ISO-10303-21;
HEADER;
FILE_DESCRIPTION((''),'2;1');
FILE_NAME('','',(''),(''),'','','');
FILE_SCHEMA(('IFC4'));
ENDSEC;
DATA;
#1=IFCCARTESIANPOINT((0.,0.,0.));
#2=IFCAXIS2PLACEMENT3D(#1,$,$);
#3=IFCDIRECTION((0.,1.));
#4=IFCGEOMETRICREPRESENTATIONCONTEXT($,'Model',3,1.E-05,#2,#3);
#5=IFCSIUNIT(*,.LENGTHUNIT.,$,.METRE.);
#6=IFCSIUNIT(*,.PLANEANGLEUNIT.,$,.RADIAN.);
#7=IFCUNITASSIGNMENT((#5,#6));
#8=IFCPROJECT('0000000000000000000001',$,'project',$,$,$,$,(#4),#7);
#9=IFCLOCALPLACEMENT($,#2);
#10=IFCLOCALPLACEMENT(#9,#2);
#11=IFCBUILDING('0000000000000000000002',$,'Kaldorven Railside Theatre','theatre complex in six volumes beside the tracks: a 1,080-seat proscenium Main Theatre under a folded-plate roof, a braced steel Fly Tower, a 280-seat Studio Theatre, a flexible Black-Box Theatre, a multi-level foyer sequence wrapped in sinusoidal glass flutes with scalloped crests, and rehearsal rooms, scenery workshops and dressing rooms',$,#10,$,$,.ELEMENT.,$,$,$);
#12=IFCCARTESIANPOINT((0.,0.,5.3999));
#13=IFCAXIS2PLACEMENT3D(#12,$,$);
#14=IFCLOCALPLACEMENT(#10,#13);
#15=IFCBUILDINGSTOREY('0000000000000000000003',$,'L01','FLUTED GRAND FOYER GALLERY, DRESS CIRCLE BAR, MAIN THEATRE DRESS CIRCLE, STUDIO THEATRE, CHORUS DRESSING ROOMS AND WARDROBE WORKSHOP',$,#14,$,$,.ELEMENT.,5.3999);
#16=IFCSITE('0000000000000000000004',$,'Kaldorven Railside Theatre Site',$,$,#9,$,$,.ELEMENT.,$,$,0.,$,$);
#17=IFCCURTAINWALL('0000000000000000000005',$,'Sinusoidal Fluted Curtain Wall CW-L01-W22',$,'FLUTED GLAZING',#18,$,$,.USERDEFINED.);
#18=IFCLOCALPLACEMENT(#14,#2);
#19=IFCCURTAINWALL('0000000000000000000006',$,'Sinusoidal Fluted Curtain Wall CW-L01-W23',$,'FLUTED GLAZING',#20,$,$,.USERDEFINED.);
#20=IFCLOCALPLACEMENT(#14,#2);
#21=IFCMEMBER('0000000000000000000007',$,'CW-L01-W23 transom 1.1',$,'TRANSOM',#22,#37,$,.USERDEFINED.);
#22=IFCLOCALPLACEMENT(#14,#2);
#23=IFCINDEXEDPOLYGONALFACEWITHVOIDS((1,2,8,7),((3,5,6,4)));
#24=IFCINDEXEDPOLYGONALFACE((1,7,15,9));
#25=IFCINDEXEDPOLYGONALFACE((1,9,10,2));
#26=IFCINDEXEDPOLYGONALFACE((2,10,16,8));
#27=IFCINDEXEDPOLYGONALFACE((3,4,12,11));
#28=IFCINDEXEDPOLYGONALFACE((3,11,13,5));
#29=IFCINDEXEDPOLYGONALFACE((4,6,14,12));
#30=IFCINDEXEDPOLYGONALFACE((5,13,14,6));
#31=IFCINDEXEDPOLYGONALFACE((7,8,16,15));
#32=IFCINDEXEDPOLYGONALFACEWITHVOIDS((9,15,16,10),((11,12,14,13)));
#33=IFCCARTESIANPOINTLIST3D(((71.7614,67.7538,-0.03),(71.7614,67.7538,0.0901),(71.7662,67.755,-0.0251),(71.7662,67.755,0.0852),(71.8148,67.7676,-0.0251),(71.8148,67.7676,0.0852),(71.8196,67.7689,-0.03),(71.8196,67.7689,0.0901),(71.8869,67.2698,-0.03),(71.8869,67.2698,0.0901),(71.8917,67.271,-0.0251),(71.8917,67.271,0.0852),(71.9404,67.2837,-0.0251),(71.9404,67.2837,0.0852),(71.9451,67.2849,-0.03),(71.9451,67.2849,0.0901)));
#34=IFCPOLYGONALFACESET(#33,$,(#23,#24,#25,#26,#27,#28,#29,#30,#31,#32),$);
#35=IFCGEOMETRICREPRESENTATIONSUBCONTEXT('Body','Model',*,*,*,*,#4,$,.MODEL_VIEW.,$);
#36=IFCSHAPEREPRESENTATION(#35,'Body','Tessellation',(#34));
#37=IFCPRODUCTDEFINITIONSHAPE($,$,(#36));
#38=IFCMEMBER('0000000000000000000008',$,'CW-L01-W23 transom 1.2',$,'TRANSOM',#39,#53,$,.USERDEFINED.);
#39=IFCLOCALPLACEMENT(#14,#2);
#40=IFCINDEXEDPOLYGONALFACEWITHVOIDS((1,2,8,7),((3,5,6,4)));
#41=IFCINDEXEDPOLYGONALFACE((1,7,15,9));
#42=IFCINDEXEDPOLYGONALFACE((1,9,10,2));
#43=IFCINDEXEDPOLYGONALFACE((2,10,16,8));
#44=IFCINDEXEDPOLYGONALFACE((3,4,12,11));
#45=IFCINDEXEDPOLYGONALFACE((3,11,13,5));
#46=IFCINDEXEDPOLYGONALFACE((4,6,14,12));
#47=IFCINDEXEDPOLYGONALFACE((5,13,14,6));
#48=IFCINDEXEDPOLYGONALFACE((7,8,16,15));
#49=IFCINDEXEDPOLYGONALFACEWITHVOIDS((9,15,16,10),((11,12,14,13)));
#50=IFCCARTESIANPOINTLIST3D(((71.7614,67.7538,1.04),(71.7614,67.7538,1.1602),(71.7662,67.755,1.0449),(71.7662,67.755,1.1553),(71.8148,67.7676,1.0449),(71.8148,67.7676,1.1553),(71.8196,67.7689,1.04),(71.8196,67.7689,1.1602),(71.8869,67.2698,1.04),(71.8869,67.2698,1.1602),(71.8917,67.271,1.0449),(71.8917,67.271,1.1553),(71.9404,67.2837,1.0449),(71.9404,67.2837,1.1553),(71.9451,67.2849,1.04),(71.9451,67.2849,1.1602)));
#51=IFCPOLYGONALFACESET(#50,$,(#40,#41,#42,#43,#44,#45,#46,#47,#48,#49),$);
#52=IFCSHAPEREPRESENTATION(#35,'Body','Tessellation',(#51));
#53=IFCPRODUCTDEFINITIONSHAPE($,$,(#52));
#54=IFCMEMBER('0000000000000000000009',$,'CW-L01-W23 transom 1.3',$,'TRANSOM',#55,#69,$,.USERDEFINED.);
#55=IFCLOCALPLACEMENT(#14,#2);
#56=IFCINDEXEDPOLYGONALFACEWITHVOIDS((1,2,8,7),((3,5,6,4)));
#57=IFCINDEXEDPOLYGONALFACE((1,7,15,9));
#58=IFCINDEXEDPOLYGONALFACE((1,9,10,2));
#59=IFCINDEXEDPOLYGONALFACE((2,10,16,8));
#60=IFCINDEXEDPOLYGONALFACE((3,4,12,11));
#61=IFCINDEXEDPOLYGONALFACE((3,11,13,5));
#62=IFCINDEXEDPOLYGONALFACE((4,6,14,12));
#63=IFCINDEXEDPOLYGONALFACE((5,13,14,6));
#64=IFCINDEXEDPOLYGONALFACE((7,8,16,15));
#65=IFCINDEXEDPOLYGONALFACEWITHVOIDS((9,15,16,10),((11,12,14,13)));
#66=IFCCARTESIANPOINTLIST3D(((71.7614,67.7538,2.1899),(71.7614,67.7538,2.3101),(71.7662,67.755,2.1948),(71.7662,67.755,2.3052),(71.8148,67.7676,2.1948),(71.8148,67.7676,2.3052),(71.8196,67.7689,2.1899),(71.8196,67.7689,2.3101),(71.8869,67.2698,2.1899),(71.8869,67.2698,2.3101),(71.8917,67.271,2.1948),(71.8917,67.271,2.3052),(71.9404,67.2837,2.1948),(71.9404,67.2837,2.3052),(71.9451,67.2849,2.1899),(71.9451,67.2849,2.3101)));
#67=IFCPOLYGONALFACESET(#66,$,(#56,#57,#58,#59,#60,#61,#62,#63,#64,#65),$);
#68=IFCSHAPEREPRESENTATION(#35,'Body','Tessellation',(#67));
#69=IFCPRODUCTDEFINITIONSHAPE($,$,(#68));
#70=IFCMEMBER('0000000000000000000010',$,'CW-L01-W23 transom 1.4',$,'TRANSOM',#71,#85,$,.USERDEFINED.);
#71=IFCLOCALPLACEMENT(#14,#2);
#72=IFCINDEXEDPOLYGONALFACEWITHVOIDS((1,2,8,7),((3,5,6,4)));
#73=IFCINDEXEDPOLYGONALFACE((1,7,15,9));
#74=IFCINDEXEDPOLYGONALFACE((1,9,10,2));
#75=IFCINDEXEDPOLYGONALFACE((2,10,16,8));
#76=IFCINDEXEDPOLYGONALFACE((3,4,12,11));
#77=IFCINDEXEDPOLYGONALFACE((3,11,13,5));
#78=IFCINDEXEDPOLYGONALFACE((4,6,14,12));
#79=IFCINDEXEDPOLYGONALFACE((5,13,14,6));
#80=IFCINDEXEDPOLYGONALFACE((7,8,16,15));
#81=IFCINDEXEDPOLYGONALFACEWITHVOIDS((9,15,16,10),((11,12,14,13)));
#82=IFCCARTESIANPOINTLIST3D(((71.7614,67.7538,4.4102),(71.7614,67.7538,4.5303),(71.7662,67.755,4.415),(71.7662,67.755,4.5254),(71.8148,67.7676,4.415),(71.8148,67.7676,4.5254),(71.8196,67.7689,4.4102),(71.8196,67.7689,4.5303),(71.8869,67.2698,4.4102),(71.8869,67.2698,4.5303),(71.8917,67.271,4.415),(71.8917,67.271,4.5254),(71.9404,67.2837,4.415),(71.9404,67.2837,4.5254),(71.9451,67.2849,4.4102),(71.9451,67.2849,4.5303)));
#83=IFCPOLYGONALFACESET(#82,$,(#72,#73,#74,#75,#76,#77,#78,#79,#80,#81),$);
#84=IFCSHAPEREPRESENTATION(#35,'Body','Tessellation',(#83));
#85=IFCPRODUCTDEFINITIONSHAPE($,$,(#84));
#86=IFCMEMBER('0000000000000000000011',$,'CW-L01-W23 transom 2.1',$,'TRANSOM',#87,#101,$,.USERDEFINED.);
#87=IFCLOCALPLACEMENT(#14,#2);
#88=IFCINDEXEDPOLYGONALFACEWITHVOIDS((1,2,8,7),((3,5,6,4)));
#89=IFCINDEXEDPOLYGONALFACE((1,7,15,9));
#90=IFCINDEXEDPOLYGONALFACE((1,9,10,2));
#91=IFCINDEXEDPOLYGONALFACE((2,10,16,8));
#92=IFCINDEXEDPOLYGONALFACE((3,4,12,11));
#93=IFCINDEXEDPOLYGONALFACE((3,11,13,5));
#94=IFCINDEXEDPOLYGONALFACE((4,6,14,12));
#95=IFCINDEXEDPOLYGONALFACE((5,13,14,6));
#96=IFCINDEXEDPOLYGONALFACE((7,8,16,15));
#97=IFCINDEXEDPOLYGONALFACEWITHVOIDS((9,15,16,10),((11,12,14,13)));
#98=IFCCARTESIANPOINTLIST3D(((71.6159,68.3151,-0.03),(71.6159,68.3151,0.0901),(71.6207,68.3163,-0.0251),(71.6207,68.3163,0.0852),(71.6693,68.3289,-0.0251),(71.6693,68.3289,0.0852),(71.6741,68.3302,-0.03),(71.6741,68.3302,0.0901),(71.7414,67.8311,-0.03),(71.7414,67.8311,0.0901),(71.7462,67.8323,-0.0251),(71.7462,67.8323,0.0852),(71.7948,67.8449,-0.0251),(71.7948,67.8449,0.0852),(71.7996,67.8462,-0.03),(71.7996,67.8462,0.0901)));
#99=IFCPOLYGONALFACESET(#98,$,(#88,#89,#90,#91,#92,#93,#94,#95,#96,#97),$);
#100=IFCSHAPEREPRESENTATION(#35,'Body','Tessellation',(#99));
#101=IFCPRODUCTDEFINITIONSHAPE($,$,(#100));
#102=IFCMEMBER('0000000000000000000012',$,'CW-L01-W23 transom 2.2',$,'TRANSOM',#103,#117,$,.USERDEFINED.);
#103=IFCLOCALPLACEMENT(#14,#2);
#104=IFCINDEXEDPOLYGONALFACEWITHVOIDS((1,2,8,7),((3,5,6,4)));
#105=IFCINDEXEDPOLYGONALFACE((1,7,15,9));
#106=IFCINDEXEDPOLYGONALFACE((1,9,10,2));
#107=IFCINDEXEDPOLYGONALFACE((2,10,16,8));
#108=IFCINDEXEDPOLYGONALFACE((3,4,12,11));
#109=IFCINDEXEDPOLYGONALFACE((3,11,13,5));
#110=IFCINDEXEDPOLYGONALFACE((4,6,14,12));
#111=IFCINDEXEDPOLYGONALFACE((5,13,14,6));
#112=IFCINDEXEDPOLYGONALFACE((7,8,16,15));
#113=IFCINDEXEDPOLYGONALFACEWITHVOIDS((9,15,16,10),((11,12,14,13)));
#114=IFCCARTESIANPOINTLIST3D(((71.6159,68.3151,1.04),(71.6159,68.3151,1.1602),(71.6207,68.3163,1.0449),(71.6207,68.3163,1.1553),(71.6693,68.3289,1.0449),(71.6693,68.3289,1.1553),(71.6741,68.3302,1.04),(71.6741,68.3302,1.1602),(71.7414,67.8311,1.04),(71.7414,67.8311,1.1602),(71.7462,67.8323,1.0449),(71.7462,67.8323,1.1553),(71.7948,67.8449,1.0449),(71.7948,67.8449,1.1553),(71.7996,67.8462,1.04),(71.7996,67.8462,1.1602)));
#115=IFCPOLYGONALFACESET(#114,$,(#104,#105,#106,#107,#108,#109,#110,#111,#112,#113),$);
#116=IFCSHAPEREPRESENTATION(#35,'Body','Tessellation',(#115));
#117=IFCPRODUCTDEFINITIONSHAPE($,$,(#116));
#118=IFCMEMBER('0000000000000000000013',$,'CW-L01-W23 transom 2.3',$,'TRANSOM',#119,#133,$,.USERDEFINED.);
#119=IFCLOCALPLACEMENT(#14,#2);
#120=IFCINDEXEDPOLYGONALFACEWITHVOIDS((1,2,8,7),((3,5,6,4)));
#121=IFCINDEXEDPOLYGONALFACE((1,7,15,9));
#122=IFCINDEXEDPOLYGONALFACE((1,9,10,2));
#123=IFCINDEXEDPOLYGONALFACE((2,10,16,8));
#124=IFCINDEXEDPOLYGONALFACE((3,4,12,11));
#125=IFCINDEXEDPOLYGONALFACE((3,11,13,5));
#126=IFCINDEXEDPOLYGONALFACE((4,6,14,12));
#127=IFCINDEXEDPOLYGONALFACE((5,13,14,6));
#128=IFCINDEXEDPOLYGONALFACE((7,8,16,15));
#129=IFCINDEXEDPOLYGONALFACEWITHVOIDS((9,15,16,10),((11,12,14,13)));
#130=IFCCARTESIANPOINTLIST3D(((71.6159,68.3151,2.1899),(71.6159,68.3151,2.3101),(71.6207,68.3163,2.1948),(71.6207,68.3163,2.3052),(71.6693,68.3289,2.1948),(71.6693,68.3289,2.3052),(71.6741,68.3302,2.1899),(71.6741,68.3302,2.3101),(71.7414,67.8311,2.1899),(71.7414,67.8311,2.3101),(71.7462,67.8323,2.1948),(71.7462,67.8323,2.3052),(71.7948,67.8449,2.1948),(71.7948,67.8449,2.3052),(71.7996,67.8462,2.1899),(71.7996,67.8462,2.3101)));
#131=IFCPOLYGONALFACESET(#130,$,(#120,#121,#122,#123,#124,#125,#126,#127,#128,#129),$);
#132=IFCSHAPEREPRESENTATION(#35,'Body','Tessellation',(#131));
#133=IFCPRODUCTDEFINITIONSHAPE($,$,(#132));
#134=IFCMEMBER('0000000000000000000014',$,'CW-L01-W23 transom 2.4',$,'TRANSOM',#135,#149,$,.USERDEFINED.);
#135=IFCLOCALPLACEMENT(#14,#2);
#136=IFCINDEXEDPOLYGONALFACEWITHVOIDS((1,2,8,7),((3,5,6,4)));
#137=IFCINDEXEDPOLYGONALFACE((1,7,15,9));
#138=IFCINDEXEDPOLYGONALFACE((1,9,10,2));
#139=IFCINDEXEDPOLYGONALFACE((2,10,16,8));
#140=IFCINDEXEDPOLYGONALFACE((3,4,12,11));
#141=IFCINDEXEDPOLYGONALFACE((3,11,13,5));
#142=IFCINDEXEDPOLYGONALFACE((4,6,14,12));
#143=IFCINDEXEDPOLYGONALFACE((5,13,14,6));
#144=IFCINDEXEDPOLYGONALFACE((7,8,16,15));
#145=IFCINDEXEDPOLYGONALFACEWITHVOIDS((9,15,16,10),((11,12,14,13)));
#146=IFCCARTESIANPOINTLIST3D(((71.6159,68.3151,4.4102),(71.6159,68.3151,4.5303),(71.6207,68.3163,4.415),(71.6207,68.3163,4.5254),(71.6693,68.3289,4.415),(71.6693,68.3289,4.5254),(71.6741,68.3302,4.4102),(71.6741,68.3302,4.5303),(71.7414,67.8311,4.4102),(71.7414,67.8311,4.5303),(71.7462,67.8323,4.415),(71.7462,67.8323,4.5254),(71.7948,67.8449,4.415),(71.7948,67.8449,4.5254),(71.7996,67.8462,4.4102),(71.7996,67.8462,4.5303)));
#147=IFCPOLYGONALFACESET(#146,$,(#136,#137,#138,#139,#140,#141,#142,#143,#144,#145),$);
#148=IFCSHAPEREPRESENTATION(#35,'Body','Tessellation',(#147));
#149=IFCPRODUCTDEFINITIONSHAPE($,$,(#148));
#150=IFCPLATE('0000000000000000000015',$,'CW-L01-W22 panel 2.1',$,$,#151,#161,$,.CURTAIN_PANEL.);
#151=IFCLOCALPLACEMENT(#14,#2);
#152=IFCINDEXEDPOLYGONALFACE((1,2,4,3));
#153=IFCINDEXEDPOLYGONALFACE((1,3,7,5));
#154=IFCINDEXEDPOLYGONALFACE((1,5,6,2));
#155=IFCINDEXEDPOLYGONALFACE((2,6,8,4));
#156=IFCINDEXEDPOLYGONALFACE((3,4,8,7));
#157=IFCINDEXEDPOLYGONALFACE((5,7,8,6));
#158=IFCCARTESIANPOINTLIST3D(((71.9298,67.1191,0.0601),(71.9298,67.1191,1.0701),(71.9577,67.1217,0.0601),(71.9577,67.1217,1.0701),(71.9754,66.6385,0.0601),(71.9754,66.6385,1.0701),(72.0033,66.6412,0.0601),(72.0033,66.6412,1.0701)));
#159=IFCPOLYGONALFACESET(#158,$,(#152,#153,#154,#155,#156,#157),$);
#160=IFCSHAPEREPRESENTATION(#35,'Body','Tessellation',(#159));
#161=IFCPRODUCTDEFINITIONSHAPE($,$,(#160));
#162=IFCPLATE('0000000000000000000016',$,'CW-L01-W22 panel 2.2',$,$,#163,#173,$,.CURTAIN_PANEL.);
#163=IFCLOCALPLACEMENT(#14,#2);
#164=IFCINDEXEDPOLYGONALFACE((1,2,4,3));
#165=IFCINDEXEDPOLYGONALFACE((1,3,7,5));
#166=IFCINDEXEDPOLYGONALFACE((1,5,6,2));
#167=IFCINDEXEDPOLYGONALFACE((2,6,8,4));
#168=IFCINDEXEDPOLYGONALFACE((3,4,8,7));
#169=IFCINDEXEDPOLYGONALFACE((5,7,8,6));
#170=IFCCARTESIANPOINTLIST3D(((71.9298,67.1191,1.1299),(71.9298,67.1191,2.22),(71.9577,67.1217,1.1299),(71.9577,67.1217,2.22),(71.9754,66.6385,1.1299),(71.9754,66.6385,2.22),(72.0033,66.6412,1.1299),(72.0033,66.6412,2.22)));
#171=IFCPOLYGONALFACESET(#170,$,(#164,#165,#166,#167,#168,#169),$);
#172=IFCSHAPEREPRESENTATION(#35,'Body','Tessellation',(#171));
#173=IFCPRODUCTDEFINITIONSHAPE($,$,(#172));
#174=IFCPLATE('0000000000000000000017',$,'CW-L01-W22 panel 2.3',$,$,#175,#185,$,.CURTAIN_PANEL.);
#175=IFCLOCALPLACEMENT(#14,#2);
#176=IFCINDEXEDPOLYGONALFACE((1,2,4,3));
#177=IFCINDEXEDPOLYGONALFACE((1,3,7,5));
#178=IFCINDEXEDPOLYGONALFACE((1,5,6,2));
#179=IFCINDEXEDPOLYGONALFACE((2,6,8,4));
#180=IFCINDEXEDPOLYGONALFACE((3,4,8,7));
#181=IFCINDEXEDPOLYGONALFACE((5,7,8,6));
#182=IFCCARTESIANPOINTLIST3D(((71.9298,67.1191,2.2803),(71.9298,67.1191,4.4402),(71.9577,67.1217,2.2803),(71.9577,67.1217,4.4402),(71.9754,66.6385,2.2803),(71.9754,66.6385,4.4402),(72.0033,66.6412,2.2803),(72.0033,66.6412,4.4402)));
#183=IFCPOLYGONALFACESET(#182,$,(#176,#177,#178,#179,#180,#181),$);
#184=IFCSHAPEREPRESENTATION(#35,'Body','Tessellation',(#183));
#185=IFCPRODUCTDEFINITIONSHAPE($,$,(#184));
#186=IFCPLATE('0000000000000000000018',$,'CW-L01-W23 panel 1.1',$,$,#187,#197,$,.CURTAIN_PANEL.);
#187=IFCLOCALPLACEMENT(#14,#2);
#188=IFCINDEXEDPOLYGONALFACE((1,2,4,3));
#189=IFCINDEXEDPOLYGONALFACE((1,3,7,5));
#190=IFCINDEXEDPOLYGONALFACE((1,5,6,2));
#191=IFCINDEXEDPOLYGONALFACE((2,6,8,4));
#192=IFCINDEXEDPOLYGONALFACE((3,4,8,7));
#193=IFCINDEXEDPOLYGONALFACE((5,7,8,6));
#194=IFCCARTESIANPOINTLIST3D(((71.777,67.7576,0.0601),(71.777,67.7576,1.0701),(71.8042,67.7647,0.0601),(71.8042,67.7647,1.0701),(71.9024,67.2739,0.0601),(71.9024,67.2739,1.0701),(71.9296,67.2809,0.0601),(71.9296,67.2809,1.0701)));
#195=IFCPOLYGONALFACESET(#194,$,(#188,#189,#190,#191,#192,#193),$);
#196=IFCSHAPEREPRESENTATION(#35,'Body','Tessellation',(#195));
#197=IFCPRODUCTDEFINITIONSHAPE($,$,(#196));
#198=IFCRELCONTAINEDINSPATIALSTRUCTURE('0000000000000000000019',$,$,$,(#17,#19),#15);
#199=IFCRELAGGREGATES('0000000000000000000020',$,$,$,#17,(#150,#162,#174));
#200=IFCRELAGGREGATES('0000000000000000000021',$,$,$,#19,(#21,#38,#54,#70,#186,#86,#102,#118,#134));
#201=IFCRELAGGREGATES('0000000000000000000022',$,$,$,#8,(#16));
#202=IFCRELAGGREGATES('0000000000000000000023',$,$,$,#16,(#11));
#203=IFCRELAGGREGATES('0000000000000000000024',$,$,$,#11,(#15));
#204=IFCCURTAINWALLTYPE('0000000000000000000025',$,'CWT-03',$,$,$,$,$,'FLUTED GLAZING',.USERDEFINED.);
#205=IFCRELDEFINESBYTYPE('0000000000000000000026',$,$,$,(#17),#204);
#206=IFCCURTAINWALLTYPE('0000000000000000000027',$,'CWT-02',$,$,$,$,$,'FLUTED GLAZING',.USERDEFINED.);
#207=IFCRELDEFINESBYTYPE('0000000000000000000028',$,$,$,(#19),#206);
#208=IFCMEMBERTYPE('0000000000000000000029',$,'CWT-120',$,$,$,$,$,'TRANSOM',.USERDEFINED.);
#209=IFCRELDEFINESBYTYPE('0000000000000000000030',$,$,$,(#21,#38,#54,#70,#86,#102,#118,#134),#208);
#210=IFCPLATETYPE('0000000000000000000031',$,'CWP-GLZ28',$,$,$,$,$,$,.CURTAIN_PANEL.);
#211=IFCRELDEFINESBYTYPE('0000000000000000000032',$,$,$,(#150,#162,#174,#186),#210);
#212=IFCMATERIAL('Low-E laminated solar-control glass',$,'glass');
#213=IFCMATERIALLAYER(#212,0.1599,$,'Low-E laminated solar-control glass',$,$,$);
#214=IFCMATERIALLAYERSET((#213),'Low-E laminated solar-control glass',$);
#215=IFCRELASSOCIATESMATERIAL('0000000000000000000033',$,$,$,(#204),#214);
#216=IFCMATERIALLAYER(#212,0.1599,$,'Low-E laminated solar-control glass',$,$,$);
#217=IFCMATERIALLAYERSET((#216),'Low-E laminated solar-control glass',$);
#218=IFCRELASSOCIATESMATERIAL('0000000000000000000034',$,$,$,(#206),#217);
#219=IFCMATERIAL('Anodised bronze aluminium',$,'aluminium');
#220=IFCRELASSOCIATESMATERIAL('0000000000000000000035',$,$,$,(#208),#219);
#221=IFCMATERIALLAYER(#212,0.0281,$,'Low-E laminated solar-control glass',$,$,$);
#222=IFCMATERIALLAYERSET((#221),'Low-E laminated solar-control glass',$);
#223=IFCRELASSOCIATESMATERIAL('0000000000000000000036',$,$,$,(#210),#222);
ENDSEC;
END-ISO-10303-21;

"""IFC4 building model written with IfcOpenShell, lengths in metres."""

from ifc_helpers import new_model, si_unit, direction, frame, origin, origin_2d, place, context, subcontext, project, spatial, rectangle, hollow_rectangle, extrude, material, layer, layer_set, material_profile, profile_set, type_object, element, aggregate, save


model = new_model("IFC4")

# Units and contexts
model_context = context("Model", 3, precision=1e-05, world=origin(), true_north=direction((0.0, 1.0)))
body_context = subcontext(model_context, "Body", "Model", "MODEL_VIEW")
ifc_project = project(units=[si_unit("LENGTHUNIT", "METRE"), si_unit("PLANEANGLEUNIT", "RADIAN")], contexts=[model_context])

# Site, building, storey
site_placement = place(None, origin())
site = spatial("IfcSite", under=ifc_project, at=site_placement, Name="Kaldorven Railside Theatre Site", CompositionType="ELEMENT", RefElevation=0.0)
building_placement = place(site_placement, origin())
building = spatial("IfcBuilding", under=site, at=building_placement, Name="Kaldorven Railside Theatre", Description="theatre complex in six volumes beside the tracks: a 1,080-seat proscenium Main Theatre under a folded-plate roof, a braced steel Fly Tower, a 280-seat Studio Theatre, a flexible Black-Box Theatre, a multi-level foyer sequence wrapped in sinusoidal glass flutes with scalloped crests, and rehearsal rooms, scenery workshops and dressing rooms", CompositionType="ELEMENT")
storey_placement = place(building_placement, frame((0.0, 0.0, 5.3999)))
storey = spatial("IfcBuildingStorey", under=building, at=storey_placement, Name="L01", Description="FLUTED GRAND FOYER GALLERY, DRESS CIRCLE BAR, MAIN THEATRE DRESS CIRCLE, STUDIO THEATRE, CHORUS DRESSING ROOMS AND WARDROBE WORKSHOP", CompositionType="ELEMENT", Elevation=5.3999)

# Curtain wall
ifc_material_1 = material(Name="Low-E laminated solar-control glass", Category="glass")
ifc_layer_1 = layer(ifc_material_1, 0.1599, Name="Low-E laminated solar-control glass")
ifc_layer_set_1 = layer_set([ifc_layer_1], Name="Low-E laminated solar-control glass")
curtain_wall_type_1 = type_object("IfcCurtainWallType", Name="CWT-03", ElementType="FLUTED GLAZING", PredefinedType="USERDEFINED", material=ifc_layer_set_1)
curtain_wall_1_placement = place(storey_placement, origin())
curtain_wall_1 = element("IfcCurtainWall", 1, at=curtain_wall_1_placement, inside=storey, type_object=curtain_wall_type_1, Name="Sinusoidal Fluted Curtain Wall CW-L01-W22", ObjectType="FLUTED GLAZING", PredefinedType="USERDEFINED")
ifc_material_2 = material(Name="Anodised bronze aluminium", Category="aluminium")

# Curtain wall
ifc_layer_2 = layer(ifc_material_1, 0.1599, Name="Low-E laminated solar-control glass")
ifc_layer_set_2 = layer_set([ifc_layer_2], Name="Low-E laminated solar-control glass")
curtain_wall_type_2 = type_object("IfcCurtainWallType", Name="CWT-02", ElementType="FLUTED GLAZING", PredefinedType="USERDEFINED", material=ifc_layer_set_2)
curtain_wall_2_placement = place(storey_placement, origin())
curtain_wall_2 = element("IfcCurtainWall", 2, at=curtain_wall_2_placement, inside=storey, type_object=curtain_wall_type_2, Name="Sinusoidal Fluted Curtain Wall CW-L01-W23", ObjectType="FLUTED GLAZING", PredefinedType="USERDEFINED")

# Members
ifc_material_profile_1 = material_profile(ifc_material_2, hollow_rectangle(XDim=0.0601, YDim=0.1201, WallThickness=0.0049, at=origin_2d()), Name="RHS 120x60x5")
ifc_profile_set_1 = profile_set([ifc_material_profile_1], Name="Anodised bronze aluminium")
member_type_1 = type_object("IfcMemberType", Name="CWT-120", ElementType="TRANSOM", PredefinedType="USERDEFINED", material=ifc_profile_set_1)
member_1_placement = place(storey_placement, frame((71.916, 67.2773, 0.03), z_axis=(-0.25103, 0.967979, 0.0), x_axis=(-0.967979, -0.25103, 0.0)))
member_1 = element("IfcMember", 3, at=member_1_placement, type_object=member_type_1, Name="CW-L01-W23 transom 1.1", ObjectType="TRANSOM", PredefinedType="USERDEFINED", context=body_context, shape_type="SweptSolid", body=[
    extrude(hollow_rectangle(XDim=0.0601, YDim=0.1201, WallThickness=0.0049, at=origin_2d()), origin(), (0.0, 0.0, 1.0), 0.5),
])
member_2_placement = place(storey_placement, frame((71.916, 67.2773, 1.1001), z_axis=(-0.25103, 0.967979, 0.0), x_axis=(-0.967979, -0.25103, 0.0)))
member_2 = element("IfcMember", 4, at=member_2_placement, type_object=member_type_1, Name="CW-L01-W23 transom 1.2", ObjectType="TRANSOM", PredefinedType="USERDEFINED", context=body_context, shape_type="SweptSolid", body=[
    extrude(hollow_rectangle(XDim=0.0601, YDim=0.1201, WallThickness=0.0049, at=origin_2d()), origin(), (0.0, 0.0, 1.0), 0.5),
])
member_3_placement = place(storey_placement, frame((71.916, 67.2773, 2.25), z_axis=(-0.25103, 0.967979, 0.0), x_axis=(-0.967979, -0.25103, 0.0)))
member_3 = element("IfcMember", 5, at=member_3_placement, type_object=member_type_1, Name="CW-L01-W23 transom 1.3", ObjectType="TRANSOM", PredefinedType="USERDEFINED", context=body_context, shape_type="SweptSolid", body=[
    extrude(hollow_rectangle(XDim=0.0601, YDim=0.1201, WallThickness=0.0049, at=origin_2d()), origin(), (0.0, 0.0, 1.0), 0.5),
])
member_4_placement = place(storey_placement, frame((71.916, 67.2773, 4.4702), z_axis=(-0.25103, 0.967979, 0.0), x_axis=(-0.967979, -0.25103, 0.0)))
member_4 = element("IfcMember", 6, at=member_4_placement, type_object=member_type_1, Name="CW-L01-W23 transom 1.4", ObjectType="TRANSOM", PredefinedType="USERDEFINED", context=body_context, shape_type="SweptSolid", body=[
    extrude(hollow_rectangle(XDim=0.0601, YDim=0.1201, WallThickness=0.0049, at=origin_2d()), origin(), (0.0, 0.0, 1.0), 0.5),
])
member_5_placement = place(storey_placement, frame((71.7705, 67.8386, 0.03), z_axis=(-0.25103, 0.967979, 0.0), x_axis=(-0.967979, -0.25103, 0.0)))
member_5 = element("IfcMember", 7, at=member_5_placement, type_object=member_type_1, Name="CW-L01-W23 transom 2.1", ObjectType="TRANSOM", PredefinedType="USERDEFINED", context=body_context, shape_type="SweptSolid", body=[
    extrude(hollow_rectangle(XDim=0.0601, YDim=0.1201, WallThickness=0.0049, at=origin_2d()), origin(), (0.0, 0.0, 1.0), 0.5),
])
member_6_placement = place(storey_placement, frame((71.7705, 67.8386, 1.1001), z_axis=(-0.25103, 0.967979, 0.0), x_axis=(-0.967979, -0.25103, 0.0)))
member_6 = element("IfcMember", 8, at=member_6_placement, type_object=member_type_1, Name="CW-L01-W23 transom 2.2", ObjectType="TRANSOM", PredefinedType="USERDEFINED", context=body_context, shape_type="SweptSolid", body=[
    extrude(hollow_rectangle(XDim=0.0601, YDim=0.1201, WallThickness=0.0049, at=origin_2d()), origin(), (0.0, 0.0, 1.0), 0.5),
])
member_7_placement = place(storey_placement, frame((71.7705, 67.8386, 2.25), z_axis=(-0.25103, 0.967979, 0.0), x_axis=(-0.967979, -0.25103, 0.0)))
member_7 = element("IfcMember", 9, at=member_7_placement, type_object=member_type_1, Name="CW-L01-W23 transom 2.3", ObjectType="TRANSOM", PredefinedType="USERDEFINED", context=body_context, shape_type="SweptSolid", body=[
    extrude(hollow_rectangle(XDim=0.0601, YDim=0.1201, WallThickness=0.0049, at=origin_2d()), origin(), (0.0, 0.0, 1.0), 0.5),
])
member_8_placement = place(storey_placement, frame((71.7705, 67.8386, 4.4702), z_axis=(-0.25103, 0.967979, 0.0), x_axis=(-0.967979, -0.25103, 0.0)))
member_8 = element("IfcMember", 10, at=member_8_placement, type_object=member_type_1, Name="CW-L01-W23 transom 2.4", ObjectType="TRANSOM", PredefinedType="USERDEFINED", context=body_context, shape_type="SweptSolid", body=[
    extrude(hollow_rectangle(XDim=0.0601, YDim=0.1201, WallThickness=0.0049, at=origin_2d()), origin(), (0.0, 0.0, 1.0), 0.5),
])

# Plates
ifc_layer_3 = layer(ifc_material_1, 0.0281, Name="Low-E laminated solar-control glass")
ifc_layer_set_3 = layer_set([ifc_layer_3], Name="Low-E laminated solar-control glass")
plate_type = type_object("IfcPlateType", Name="CWP-GLZ28", PredefinedType="CURTAIN_PANEL", material=ifc_layer_set_3)
plate_1_placement = place(storey_placement, frame((71.9666, 66.8801, 0.0601), z_axis=(0.0, 0.0, 1.0), x_axis=(-0.094492, 0.995526, 0.0)))
plate_1 = element("IfcPlate", 11, at=plate_1_placement, type_object=plate_type, Name="CW-L01-W22 panel 2.1", PredefinedType="CURTAIN_PANEL", context=body_context, shape_type="SweptSolid", body=[
    extrude(rectangle(XDim=0.4827, YDim=0.0281, at=origin_2d()), origin(), (0.0, 0.0, 1.0), 1.01),
])
plate_2_placement = place(storey_placement, frame((71.9666, 66.8801, 1.1299), z_axis=(0.0, 0.0, 1.0), x_axis=(-0.094492, 0.995526, 0.0)))
plate_2 = element("IfcPlate", 12, at=plate_2_placement, type_object=plate_type, Name="CW-L01-W22 panel 2.2", PredefinedType="CURTAIN_PANEL", context=body_context, shape_type="SweptSolid", body=[
    extrude(rectangle(XDim=0.4827, YDim=0.0281, at=origin_2d()), origin(), (0.0, 0.0, 1.0), 1.0901),
])
plate_3_placement = place(storey_placement, frame((71.9666, 66.8801, 2.2803), z_axis=(0.0, 0.0, 1.0), x_axis=(-0.094492, 0.995526, 0.0)))
plate_3 = element("IfcPlate", 13, at=plate_3_placement, type_object=plate_type, Name="CW-L01-W22 panel 2.3", PredefinedType="CURTAIN_PANEL", context=body_context, shape_type="SweptSolid", body=[
    extrude(rectangle(XDim=0.4827, YDim=0.0281, at=origin_2d()), origin(), (0.0, 0.0, 1.0), 2.1599),
])
aggregate(curtain_wall_1, [plate_1, plate_2, plate_3])
plate_4_placement = place(storey_placement, frame((71.8533, 67.5193, 0.0601), z_axis=(0.0, 0.0, 1.0), x_axis=(-0.250954, 0.967999, 0.0)))
plate_4 = element("IfcPlate", 14, at=plate_4_placement, type_object=plate_type, Name="CW-L01-W23 panel 1.1", PredefinedType="CURTAIN_PANEL", context=body_context, shape_type="SweptSolid", body=[
    extrude(rectangle(XDim=0.4998, YDim=0.0281, at=origin_2d()), origin(), (0.0, 0.0, 1.0), 1.01),
])
aggregate(curtain_wall_2, [member_1, member_2, member_3, member_4, plate_4, member_5, member_6, member_7, member_8])

save(model, "model.ifc")
